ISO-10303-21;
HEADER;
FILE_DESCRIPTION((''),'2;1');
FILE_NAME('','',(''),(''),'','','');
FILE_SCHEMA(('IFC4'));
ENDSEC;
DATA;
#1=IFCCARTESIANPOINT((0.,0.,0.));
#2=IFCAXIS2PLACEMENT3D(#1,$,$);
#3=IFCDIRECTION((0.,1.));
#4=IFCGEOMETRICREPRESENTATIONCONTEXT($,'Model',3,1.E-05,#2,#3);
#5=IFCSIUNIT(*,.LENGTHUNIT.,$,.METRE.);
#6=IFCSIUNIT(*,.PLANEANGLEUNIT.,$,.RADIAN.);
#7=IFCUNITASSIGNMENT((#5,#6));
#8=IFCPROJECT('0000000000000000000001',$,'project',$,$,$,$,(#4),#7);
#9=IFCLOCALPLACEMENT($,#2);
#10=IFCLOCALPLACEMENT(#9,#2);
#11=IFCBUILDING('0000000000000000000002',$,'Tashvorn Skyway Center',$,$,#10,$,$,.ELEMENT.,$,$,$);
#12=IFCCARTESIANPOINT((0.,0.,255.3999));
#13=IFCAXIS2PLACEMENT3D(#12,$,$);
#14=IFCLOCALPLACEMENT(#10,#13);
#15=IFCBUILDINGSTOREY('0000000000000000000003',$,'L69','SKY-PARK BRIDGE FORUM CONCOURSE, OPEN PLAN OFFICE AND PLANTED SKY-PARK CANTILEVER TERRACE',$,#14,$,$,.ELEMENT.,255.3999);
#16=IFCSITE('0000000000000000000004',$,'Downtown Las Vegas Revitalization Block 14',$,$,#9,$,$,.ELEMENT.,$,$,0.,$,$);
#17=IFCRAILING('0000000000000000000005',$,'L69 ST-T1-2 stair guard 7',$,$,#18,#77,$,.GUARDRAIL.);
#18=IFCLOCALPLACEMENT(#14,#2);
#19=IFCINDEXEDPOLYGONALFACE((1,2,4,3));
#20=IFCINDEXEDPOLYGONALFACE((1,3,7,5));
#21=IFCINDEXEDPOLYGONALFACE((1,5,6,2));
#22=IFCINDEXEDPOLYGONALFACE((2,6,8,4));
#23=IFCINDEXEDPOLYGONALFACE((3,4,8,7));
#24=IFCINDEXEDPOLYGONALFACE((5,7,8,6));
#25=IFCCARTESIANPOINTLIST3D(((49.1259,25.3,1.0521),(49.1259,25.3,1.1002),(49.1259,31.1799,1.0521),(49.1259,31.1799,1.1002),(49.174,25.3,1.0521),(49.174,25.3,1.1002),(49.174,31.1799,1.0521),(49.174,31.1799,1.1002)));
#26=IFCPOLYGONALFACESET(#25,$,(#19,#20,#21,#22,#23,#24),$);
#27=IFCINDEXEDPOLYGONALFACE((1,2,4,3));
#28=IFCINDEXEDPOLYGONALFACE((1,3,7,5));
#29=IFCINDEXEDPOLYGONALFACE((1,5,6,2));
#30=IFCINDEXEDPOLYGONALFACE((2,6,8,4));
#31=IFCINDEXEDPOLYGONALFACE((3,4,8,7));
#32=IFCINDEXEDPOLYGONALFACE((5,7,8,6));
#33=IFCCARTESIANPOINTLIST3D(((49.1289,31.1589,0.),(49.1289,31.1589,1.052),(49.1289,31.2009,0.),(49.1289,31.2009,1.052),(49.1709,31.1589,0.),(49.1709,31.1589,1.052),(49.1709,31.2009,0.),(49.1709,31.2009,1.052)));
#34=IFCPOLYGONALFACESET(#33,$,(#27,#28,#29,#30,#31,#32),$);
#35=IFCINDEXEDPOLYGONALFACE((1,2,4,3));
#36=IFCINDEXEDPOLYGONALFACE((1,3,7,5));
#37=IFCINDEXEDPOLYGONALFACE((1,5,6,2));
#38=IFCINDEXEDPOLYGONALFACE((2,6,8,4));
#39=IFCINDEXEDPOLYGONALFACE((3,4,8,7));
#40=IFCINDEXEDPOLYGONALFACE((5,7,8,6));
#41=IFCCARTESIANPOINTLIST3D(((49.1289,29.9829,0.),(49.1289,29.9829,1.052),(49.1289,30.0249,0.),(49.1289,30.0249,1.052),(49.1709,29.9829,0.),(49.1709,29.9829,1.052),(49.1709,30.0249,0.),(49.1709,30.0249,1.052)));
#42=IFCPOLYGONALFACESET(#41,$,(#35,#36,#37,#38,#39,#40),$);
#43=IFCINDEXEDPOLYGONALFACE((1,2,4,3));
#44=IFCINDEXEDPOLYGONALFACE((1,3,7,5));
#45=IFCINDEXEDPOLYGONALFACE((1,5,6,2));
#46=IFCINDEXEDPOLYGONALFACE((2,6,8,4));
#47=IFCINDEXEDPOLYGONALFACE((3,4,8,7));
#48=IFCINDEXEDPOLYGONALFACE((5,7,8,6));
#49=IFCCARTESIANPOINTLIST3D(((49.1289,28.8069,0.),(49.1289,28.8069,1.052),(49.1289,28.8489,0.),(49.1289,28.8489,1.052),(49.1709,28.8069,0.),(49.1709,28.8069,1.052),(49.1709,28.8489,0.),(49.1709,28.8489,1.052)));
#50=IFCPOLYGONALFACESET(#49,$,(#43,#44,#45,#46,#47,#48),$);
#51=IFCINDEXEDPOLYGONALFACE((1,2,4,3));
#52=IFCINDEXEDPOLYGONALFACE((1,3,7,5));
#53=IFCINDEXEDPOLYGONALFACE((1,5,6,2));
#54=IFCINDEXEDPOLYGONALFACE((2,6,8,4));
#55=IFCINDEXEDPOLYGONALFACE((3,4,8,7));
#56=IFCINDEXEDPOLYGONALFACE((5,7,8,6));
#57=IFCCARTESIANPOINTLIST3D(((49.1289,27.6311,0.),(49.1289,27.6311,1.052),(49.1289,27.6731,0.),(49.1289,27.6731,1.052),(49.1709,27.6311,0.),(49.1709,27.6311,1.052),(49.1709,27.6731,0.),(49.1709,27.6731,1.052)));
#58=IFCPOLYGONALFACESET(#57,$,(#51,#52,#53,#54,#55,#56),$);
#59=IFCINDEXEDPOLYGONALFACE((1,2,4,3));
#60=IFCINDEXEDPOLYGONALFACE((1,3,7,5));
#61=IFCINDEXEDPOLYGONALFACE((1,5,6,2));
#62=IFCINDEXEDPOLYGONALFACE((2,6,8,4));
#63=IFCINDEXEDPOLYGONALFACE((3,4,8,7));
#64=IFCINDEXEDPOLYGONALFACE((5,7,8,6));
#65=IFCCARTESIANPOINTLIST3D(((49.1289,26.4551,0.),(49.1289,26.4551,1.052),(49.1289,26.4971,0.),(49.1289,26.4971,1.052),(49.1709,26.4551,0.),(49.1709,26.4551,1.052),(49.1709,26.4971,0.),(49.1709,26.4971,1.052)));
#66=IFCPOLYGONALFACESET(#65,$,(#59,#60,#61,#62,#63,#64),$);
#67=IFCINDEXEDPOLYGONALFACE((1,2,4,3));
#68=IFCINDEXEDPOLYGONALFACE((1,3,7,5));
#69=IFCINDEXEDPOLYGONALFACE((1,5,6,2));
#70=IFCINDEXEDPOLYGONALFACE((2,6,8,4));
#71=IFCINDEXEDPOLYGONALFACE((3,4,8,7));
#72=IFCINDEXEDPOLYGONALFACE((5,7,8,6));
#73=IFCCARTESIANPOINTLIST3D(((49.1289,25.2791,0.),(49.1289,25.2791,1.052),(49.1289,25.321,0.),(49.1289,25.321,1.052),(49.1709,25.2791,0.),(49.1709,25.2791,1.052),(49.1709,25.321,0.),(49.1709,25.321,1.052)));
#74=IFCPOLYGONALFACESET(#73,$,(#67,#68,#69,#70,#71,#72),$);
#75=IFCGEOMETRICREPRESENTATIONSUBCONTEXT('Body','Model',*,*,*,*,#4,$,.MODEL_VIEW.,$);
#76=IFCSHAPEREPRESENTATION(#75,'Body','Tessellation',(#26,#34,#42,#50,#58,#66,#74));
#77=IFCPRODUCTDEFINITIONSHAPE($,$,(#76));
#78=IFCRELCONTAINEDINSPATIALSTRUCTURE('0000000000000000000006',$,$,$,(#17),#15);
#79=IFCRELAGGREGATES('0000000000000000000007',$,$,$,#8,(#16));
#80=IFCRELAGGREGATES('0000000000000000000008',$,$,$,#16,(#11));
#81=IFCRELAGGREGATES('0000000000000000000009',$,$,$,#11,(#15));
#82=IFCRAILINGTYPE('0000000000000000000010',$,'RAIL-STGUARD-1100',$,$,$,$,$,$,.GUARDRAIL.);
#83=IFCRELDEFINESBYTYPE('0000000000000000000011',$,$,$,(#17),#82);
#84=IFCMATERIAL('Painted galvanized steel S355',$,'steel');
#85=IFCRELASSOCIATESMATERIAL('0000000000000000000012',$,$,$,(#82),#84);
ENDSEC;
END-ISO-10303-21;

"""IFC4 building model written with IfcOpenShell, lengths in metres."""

from ifc_helpers import new_model, si_unit, direction, frame, origin, origin_2d, place, context, subcontext, project, spatial, rectangle, extrude, material, type_object, element, save


model = new_model("IFC4")

# Units and contexts
model_context = context("Model", 3, precision=1e-05, world=origin(), true_north=direction((0.0, 1.0)))
body_context = subcontext(model_context, "Body", "Model", "MODEL_VIEW")
ifc_project = project(units=[si_unit("LENGTHUNIT", "METRE"), si_unit("PLANEANGLEUNIT", "RADIAN")], contexts=[model_context])

# Site, building, storey
site_placement = place(None, origin())
site = spatial("IfcSite", under=ifc_project, at=site_placement, Name="Downtown Las Vegas Revitalization Block 14", CompositionType="ELEMENT", RefElevation=0.0)
building_placement = place(site_placement, origin())
building = spatial("IfcBuilding", under=site, at=building_placement, Name="Tashvorn Skyway Center", CompositionType="ELEMENT")
storey_placement = place(building_placement, frame((0.0, 0.0, 255.3999)))
storey = spatial("IfcBuildingStorey", under=building, at=storey_placement, Name="L69", Description="SKY-PARK BRIDGE FORUM CONCOURSE, OPEN PLAN OFFICE AND PLANTED SKY-PARK CANTILEVER TERRACE", CompositionType="ELEMENT", Elevation=255.3999)

# Railing
ifc_material_1 = material(Name="Painted galvanized steel S355", Category="steel")
railing_type_1 = type_object("IfcRailingType", Name="RAIL-STGUARD-1100", PredefinedType="GUARDRAIL", material=ifc_material_1)
railing_1_placement = place(storey_placement, frame((49.1499, 31.1799, 0.0)))
element("IfcRailing", 1, at=railing_1_placement, inside=storey, type_object=railing_type_1, Name="L69 ST-T1-2 stair guard 7", PredefinedType="GUARDRAIL", context=body_context, shape_type="SweptSolid", body=[
    extrude(rectangle(XDim=0.0481, YDim=0.0481, at=origin_2d()), frame((0.0, 0.0, 1.0762), z_axis=(0.0, -1.0, 0.0), x_axis=(1.0, 0.0, 0.0)), (0.0, 0.0, 1.0), 5.8799),
    extrude(rectangle(XDim=0.042, YDim=0.042, at=origin_2d()), origin(), (0.0, 0.0, 1.0), 1.052),
    extrude(rectangle(XDim=0.042, YDim=0.042, at=origin_2d()), frame((0.0, -1.176, 0.0)), (0.0, 0.0, 1.0), 1.052),
    extrude(rectangle(XDim=0.042, YDim=0.042, at=origin_2d()), frame((0.0, -2.3521, 0.0)), (0.0, 0.0, 1.0), 1.052),
    extrude(rectangle(XDim=0.042, YDim=0.042, at=origin_2d()), frame((0.0, -3.5278, 0.0)), (0.0, 0.0, 1.0), 1.052),
    extrude(rectangle(XDim=0.042, YDim=0.042, at=origin_2d()), frame((0.0, -4.7039, 0.0)), (0.0, 0.0, 1.0), 1.052),
    extrude(rectangle(XDim=0.042, YDim=0.042, at=origin_2d()), frame((0.0, -5.8799, 0.0)), (0.0, 0.0, 1.0), 1.052),
])

save(model, "model.ifc")
